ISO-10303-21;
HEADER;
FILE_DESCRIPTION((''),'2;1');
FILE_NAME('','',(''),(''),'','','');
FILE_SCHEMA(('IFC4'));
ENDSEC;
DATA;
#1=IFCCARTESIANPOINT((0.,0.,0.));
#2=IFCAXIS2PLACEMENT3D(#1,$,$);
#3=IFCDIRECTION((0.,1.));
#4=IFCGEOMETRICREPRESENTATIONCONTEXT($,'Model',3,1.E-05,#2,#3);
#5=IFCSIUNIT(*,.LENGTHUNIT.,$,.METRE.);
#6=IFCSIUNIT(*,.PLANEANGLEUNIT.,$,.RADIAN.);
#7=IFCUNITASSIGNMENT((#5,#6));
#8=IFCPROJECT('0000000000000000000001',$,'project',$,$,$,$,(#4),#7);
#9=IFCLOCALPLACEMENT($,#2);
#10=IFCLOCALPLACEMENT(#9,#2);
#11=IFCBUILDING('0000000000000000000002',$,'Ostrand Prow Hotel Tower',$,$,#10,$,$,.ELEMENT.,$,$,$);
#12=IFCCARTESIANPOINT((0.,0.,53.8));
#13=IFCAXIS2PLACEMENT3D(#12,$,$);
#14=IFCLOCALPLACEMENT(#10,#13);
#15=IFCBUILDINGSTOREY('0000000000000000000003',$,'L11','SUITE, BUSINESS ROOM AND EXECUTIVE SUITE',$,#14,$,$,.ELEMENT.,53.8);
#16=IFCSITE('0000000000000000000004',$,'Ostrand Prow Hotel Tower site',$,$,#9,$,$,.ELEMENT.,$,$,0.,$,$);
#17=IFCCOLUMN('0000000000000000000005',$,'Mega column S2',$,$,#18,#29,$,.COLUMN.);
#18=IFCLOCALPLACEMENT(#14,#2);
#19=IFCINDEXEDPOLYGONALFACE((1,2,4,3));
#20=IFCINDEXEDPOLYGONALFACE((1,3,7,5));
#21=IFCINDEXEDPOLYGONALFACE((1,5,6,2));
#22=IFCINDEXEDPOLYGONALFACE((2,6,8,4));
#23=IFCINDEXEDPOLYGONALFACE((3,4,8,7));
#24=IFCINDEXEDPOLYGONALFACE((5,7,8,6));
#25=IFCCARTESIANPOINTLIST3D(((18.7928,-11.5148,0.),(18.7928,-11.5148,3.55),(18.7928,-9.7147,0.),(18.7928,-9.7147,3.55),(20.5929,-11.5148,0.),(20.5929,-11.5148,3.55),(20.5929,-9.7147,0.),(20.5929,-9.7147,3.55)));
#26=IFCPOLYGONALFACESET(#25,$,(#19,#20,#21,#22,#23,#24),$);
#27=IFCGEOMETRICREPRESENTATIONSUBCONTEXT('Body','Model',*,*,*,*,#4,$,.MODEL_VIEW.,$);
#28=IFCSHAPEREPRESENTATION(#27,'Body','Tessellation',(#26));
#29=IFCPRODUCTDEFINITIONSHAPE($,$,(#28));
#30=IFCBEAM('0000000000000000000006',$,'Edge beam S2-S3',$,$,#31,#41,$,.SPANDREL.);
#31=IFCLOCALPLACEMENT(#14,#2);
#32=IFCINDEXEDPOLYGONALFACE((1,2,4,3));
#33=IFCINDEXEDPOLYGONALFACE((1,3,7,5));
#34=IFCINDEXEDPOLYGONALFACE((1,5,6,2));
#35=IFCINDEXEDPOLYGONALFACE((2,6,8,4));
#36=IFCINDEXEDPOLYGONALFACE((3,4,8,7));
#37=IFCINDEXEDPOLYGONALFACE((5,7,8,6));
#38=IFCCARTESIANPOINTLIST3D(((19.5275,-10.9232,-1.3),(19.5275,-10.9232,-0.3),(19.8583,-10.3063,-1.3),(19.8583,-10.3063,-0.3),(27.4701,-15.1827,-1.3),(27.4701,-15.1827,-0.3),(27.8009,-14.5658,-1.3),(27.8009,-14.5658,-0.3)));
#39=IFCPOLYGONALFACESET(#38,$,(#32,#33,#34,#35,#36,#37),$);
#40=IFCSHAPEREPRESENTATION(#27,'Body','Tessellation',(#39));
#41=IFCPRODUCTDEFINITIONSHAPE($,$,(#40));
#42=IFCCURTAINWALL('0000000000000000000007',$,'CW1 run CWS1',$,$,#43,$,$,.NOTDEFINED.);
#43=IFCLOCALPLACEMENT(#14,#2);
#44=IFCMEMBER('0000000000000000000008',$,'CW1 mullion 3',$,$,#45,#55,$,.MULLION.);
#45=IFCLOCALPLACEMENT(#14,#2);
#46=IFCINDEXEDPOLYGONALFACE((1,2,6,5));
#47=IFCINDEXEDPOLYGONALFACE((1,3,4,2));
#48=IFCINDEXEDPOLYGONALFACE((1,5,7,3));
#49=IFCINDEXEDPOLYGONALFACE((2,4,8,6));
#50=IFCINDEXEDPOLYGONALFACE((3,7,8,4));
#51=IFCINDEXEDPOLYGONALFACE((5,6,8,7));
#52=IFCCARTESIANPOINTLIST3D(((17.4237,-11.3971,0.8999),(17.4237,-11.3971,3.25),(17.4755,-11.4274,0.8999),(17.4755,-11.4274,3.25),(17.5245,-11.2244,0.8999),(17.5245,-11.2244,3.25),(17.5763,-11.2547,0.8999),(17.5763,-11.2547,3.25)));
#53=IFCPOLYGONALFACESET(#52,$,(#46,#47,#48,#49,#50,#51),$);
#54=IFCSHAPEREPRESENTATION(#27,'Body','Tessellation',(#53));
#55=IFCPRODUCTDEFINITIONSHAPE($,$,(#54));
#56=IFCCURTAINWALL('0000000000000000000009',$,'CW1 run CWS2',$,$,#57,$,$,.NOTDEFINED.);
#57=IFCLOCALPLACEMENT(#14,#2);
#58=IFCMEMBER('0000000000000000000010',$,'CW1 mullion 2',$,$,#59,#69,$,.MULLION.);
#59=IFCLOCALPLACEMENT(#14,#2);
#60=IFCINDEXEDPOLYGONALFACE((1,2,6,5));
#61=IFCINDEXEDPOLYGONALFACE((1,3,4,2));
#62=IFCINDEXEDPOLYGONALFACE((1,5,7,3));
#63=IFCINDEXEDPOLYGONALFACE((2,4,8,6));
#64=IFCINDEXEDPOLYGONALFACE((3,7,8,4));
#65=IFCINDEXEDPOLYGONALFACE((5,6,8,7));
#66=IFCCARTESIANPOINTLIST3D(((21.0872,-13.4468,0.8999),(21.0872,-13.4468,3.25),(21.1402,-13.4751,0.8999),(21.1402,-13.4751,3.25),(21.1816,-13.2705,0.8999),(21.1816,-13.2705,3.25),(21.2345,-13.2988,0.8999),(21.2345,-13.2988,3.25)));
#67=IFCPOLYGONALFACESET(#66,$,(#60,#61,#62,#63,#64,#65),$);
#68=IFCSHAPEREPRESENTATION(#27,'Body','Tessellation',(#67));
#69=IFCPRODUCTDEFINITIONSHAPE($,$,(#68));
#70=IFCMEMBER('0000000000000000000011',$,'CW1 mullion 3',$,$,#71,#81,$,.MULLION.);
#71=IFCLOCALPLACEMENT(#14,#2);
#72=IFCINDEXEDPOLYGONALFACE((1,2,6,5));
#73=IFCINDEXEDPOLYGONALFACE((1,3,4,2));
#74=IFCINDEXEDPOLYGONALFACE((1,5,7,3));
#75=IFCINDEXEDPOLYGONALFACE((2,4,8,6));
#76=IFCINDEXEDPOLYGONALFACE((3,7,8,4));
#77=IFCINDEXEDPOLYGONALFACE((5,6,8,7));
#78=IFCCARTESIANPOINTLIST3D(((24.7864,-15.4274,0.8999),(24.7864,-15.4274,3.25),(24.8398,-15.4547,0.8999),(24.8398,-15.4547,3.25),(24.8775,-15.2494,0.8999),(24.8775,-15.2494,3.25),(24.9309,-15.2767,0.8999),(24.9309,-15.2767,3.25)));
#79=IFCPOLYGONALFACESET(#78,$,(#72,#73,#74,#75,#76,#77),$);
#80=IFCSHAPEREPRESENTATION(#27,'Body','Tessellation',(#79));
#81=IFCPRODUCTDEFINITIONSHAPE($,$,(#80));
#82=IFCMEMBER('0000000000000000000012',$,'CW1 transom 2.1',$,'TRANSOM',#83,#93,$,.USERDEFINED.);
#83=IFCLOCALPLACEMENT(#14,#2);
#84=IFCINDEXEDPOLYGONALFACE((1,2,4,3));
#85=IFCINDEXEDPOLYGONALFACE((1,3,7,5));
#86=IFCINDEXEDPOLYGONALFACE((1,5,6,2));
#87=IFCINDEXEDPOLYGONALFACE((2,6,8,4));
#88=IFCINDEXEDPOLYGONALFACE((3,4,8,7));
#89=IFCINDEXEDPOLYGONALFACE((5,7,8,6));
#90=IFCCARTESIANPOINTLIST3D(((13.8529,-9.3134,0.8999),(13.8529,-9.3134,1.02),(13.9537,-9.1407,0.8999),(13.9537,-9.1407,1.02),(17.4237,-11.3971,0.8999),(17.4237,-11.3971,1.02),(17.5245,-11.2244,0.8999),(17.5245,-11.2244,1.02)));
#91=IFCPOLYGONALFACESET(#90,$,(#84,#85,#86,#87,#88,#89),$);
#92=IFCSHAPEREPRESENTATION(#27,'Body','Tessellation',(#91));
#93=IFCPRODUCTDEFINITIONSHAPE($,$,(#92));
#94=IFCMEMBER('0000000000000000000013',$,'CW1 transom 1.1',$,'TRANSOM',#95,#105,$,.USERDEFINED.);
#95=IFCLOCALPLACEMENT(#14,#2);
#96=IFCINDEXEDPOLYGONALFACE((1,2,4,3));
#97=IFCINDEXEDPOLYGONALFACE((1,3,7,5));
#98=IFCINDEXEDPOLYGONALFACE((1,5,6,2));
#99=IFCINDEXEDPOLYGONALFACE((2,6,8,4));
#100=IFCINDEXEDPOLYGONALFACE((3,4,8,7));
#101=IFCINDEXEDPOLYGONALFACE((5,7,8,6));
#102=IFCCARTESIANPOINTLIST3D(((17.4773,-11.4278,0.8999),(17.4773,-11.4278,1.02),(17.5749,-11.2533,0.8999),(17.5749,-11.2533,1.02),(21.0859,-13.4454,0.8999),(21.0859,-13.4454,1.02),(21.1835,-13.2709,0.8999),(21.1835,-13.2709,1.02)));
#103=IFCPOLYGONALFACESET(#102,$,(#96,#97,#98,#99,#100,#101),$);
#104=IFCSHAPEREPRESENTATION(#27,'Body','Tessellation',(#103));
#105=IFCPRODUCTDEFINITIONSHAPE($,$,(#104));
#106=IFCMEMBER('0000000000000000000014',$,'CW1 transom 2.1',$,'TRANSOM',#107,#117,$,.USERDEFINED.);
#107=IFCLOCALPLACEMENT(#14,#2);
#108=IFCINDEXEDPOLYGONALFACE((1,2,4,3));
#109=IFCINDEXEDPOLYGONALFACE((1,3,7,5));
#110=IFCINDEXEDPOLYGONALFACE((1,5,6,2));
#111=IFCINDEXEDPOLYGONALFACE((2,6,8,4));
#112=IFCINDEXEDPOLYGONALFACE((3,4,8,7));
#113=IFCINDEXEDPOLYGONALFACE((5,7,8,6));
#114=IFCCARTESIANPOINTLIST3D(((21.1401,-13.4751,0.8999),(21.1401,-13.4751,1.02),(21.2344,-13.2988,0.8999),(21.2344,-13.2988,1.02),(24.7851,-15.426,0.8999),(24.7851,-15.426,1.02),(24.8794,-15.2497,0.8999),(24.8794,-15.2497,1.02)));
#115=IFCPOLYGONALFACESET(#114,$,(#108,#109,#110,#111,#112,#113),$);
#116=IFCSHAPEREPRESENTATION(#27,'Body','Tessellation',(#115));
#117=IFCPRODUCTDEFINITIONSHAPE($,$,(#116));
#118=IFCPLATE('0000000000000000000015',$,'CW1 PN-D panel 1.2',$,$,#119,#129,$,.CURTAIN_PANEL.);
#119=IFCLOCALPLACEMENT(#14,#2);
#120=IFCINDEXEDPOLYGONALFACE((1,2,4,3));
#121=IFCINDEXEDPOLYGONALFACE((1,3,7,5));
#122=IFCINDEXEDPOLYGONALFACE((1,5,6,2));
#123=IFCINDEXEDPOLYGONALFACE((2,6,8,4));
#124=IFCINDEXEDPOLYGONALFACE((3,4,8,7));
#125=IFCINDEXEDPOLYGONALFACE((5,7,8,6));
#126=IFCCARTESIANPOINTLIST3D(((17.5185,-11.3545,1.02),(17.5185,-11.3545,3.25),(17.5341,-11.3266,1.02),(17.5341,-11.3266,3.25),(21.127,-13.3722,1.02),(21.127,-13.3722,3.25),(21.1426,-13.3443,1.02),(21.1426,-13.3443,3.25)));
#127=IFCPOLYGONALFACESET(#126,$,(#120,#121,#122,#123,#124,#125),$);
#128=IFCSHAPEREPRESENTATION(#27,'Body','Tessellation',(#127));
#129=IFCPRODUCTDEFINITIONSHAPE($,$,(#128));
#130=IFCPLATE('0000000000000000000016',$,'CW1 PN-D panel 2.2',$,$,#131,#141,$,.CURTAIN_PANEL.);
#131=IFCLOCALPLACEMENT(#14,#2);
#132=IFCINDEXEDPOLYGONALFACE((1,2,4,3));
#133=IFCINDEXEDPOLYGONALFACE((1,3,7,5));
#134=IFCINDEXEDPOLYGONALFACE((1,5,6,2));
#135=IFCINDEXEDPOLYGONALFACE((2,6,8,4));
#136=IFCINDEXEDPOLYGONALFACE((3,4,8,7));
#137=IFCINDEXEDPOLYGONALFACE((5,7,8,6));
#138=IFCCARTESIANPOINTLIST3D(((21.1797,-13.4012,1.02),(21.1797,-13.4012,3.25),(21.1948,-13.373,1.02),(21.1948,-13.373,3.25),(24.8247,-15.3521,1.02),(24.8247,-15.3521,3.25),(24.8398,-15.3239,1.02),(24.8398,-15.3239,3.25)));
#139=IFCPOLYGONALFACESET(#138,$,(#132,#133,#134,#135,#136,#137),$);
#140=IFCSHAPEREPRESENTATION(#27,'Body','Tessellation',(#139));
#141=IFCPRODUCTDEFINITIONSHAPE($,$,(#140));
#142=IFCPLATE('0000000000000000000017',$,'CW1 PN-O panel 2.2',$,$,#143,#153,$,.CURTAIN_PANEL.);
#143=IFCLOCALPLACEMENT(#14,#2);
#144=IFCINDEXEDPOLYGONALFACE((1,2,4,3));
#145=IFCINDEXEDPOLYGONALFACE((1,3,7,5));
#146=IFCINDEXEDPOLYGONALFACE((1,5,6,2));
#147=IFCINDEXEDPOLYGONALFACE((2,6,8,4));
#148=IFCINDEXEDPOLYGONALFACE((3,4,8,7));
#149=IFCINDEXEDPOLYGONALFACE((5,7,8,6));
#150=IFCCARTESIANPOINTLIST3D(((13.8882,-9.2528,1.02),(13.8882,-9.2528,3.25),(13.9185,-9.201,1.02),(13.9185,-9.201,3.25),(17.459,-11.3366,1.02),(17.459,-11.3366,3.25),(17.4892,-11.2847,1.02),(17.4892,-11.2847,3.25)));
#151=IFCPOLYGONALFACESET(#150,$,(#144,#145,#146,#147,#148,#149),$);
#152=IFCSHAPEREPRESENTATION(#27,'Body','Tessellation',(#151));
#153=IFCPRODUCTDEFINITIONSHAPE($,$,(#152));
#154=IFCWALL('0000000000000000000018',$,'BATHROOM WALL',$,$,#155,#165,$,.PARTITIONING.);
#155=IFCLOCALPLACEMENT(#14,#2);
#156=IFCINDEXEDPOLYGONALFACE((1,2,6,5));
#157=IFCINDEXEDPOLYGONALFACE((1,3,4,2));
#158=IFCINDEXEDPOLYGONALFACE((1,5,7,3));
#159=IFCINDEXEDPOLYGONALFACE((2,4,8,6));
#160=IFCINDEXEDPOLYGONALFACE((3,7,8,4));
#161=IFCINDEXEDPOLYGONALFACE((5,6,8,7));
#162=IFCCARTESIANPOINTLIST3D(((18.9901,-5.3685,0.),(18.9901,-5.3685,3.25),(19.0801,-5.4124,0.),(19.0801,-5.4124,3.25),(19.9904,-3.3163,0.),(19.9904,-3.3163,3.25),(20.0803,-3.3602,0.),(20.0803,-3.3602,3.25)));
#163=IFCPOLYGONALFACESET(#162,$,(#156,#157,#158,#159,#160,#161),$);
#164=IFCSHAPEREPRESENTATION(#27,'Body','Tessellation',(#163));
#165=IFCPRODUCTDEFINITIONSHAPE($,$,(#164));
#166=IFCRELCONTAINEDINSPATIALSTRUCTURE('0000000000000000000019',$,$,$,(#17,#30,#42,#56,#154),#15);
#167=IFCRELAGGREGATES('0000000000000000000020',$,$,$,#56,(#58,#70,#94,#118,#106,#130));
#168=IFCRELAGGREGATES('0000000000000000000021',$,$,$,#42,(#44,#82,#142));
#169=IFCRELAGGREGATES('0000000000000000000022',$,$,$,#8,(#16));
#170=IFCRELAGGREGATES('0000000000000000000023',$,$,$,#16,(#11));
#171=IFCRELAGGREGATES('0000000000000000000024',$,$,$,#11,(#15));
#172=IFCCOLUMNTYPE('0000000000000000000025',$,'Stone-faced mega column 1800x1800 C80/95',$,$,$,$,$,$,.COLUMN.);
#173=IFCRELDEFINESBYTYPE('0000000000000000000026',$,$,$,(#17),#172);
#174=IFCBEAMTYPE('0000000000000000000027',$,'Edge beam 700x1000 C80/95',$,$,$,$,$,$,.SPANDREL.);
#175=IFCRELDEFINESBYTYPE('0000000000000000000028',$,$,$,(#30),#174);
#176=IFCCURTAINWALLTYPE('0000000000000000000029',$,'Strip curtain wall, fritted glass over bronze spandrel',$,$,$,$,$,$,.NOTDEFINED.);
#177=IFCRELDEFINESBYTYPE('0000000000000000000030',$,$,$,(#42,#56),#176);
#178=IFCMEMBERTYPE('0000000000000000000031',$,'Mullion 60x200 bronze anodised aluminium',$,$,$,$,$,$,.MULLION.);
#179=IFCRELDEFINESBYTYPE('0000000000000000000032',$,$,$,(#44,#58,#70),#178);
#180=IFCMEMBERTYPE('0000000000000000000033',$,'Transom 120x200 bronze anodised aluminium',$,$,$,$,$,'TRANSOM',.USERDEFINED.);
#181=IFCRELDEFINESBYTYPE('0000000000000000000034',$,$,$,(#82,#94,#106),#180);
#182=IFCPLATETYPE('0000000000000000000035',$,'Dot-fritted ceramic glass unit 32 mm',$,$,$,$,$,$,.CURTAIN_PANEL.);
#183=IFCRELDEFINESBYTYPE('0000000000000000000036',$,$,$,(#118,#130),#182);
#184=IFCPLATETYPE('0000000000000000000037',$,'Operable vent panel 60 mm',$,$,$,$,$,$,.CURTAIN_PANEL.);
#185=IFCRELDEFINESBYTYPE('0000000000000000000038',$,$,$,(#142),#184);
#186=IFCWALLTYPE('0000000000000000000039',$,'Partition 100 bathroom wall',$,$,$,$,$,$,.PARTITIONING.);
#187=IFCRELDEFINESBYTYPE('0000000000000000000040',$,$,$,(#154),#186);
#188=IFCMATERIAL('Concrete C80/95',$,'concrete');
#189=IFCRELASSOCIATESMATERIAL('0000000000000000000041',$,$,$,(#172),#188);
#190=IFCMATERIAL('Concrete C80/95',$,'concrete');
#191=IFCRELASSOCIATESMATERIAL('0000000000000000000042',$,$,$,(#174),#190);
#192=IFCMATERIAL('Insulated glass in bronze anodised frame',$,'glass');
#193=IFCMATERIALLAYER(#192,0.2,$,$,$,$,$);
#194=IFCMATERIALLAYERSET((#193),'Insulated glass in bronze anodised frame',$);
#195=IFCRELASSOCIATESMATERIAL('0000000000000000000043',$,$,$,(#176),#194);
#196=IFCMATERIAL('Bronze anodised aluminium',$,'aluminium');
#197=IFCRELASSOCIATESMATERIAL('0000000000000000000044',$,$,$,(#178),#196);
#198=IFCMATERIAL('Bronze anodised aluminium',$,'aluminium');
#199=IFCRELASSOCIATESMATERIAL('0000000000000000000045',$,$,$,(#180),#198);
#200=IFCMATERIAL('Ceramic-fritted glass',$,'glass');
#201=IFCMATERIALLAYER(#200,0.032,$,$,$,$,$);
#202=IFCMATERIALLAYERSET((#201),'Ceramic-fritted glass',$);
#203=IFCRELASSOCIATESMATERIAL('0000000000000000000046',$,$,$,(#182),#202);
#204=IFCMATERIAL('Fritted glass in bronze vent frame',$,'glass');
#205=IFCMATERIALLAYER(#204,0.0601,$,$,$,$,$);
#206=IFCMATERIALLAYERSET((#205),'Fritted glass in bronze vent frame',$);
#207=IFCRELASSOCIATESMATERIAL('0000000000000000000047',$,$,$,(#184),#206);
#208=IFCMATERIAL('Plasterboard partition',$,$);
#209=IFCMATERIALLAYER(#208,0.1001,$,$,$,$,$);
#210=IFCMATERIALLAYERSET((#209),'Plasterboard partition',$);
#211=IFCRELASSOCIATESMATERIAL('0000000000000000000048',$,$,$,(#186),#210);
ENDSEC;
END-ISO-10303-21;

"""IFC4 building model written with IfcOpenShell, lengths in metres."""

from ifc_helpers import new_model, si_unit, direction, frame, frame_2d, origin, origin_2d, place, context, subcontext, project, spatial, rectangle, extrude, material, layer, layer_set, material_profile, profile_set, type_object, element, aggregate, save


model = new_model("IFC4")

# Units and contexts
model_context = context("Model", 3, precision=1e-05, world=origin(), true_north=direction((0.0, 1.0)))
body_context = subcontext(model_context, "Body", "Model", "MODEL_VIEW")
ifc_project = project(units=[si_unit("LENGTHUNIT", "METRE"), si_unit("PLANEANGLEUNIT", "RADIAN")], contexts=[model_context])

# Site, building, storey
site_placement = place(None, origin())
site = spatial("IfcSite", under=ifc_project, at=site_placement, Name="Ostrand Prow Hotel Tower site", CompositionType="ELEMENT", RefElevation=0.0)
building_placement = place(site_placement, origin())
building = spatial("IfcBuilding", under=site, at=building_placement, Name="Ostrand Prow Hotel Tower", CompositionType="ELEMENT")
storey_placement = place(building_placement, frame((0.0, 0.0, 53.8)))
storey = spatial("IfcBuildingStorey", under=building, at=storey_placement, Name="L11", Description="SUITE, BUSINESS ROOM AND EXECUTIVE SUITE", CompositionType="ELEMENT", Elevation=53.8)

# Column
ifc_material_1 = material(Name="Concrete C80/95", Category="concrete")
ifc_material_profile_1 = material_profile(ifc_material_1, rectangle(XDim=1.8, YDim=1.8, at=origin_2d()), Name="RC 1800x1800")
ifc_profile_set_1 = profile_set([ifc_material_profile_1], Name="Concrete C80/95")
column_type = type_object("IfcColumnType", Name="Stone-faced mega column 1800x1800 C80/95", PredefinedType="COLUMN", material=ifc_profile_set_1)
column_placement = place(storey_placement, frame((19.6929, -10.6147, 0.0), z_axis=(0.0, 0.0, 1.0), x_axis=(1.0, 0.0, 0.0)))
element("IfcColumn", 1, at=column_placement, inside=storey, type_object=column_type, Name="Mega column S2", PredefinedType="COLUMN", context=body_context, shape_type="SweptSolid", body=[
    extrude(rectangle(XDim=1.8, YDim=1.8, at=origin_2d()), origin(), (0.0, 0.0, 1.0), 3.55),
])

# Beam
ifc_material_2 = material(Name="Concrete C80/95", Category="concrete")
ifc_material_profile_2 = material_profile(ifc_material_2, rectangle(XDim=0.7, YDim=1.0, at=origin_2d()), Name="RC 700x1000")
ifc_profile_set_2 = profile_set([ifc_material_profile_2], Name="Concrete C80/95")
beam_type = type_object("IfcBeamType", Name="Edge beam 700x1000 C80/95", PredefinedType="SPANDREL", material=ifc_profile_set_2)
beam_placement = place(storey_placement, frame((19.6929, -10.6147, -0.8), z_axis=(0.88127, -0.472613, 0.0), x_axis=(0.472613, 0.88127, 0.0)))
element("IfcBeam", 2, at=beam_placement, inside=storey, type_object=beam_type, Name="Edge beam S2-S3", PredefinedType="SPANDREL", context=body_context, shape_type="SweptSolid", body=[
    extrude(rectangle(XDim=0.7, YDim=1.0, at=origin_2d()), origin(), (0.0, 0.0, 1.0), 9.0127),
])

# Curtain wall, member
ifc_material_3 = material(Name="Insulated glass in bronze anodised frame", Category="glass")
ifc_layer_1 = layer(ifc_material_3, 0.2)
ifc_layer_set_1 = layer_set([ifc_layer_1], Name="Insulated glass in bronze anodised frame")
curtain_wall_type = type_object("IfcCurtainWallType", Name="Strip curtain wall, fritted glass over bronze spandrel", PredefinedType="NOTDEFINED", material=ifc_layer_set_1)
curtain_wall_1_placement = place(storey_placement, origin())
curtain_wall_1 = element("IfcCurtainWall", 3, at=curtain_wall_1_placement, inside=storey, type_object=curtain_wall_type, Name="CW1 run CWS1", PredefinedType="NOTDEFINED")
ifc_material_4 = material(Name="Bronze anodised aluminium", Category="aluminium")
ifc_material_profile_3 = material_profile(ifc_material_4, rectangle(XDim=0.2, YDim=0.0601, at=origin_2d()), Name="Mullion 60x200 bronze anodised aluminium")
ifc_profile_set_3 = profile_set([ifc_material_profile_3], Name="Bronze anodised aluminium")
member_type_1 = type_object("IfcMemberType", Name="Mullion 60x200 bronze anodised aluminium", PredefinedType="MULLION", material=ifc_profile_set_3)
member_1_placement = place(storey_placement, frame((17.5, -11.3259, 0.8999), z_axis=(0.0, 0.0, 1.0), x_axis=(0.504023, 0.86369, 0.0)))
member_1 = element("IfcMember", 4, at=member_1_placement, type_object=member_type_1, Name="CW1 mullion 3", PredefinedType="MULLION", context=body_context, shape_type="SweptSolid", body=[
    extrude(rectangle(XDim=0.2, YDim=0.0601, at=origin_2d()), origin(), (0.0, 0.0, 1.0), 2.3501),
])

# Curtain wall, members
curtain_wall_2_placement = place(storey_placement, origin())
curtain_wall_2 = element("IfcCurtainWall", 5, at=curtain_wall_2_placement, inside=storey, type_object=curtain_wall_type, Name="CW1 run CWS2", PredefinedType="NOTDEFINED")
member_2_placement = place(storey_placement, frame((21.1609, -13.3728, 0.8999), z_axis=(0.0, 0.0, 1.0), x_axis=(0.4719, 0.881652, 0.0)))
member_2 = element("IfcMember", 6, at=member_2_placement, type_object=member_type_1, Name="CW1 mullion 2", PredefinedType="MULLION", context=body_context, shape_type="SweptSolid", body=[
    extrude(rectangle(XDim=0.2, YDim=0.0601, at=origin_2d()), origin(), (0.0, 0.0, 1.0), 2.3501),
])
member_3_placement = place(storey_placement, frame((24.8586, -15.3521, 0.8999), z_axis=(0.0, 0.0, 1.0), x_axis=(0.455596, 0.890187, 0.0)))
member_3 = element("IfcMember", 7, at=member_3_placement, type_object=member_type_1, Name="CW1 mullion 3", PredefinedType="MULLION", context=body_context, shape_type="SweptSolid", body=[
    extrude(rectangle(XDim=0.2, YDim=0.0601, at=origin_2d()), origin(), (0.0, 0.0, 1.0), 2.3501),
])

# Members
ifc_material_5 = material(Name="Bronze anodised aluminium", Category="aluminium")
ifc_material_profile_4 = material_profile(ifc_material_5, rectangle(XDim=0.2, YDim=0.1201, at=origin_2d()), Name="Transom 120x200 bronze anodised aluminium")
ifc_profile_set_4 = profile_set([ifc_material_profile_4], Name="Bronze anodised aluminium")
member_type_2 = type_object("IfcMemberType", Name="Transom 120x200 bronze anodised aluminium", ElementType="TRANSOM", PredefinedType="USERDEFINED", material=ifc_profile_set_4)
member_4_placement = place(storey_placement, frame((13.9033, -9.2271, 0.96), z_axis=(0.863698, -0.504011, 0.0), x_axis=(0.504011, 0.863698, 0.0)))
member_4 = element("IfcMember", 8, at=member_4_placement, type_object=member_type_2, Name="CW1 transom 2.1", ObjectType="TRANSOM", PredefinedType="USERDEFINED", context=body_context, shape_type="SweptSolid", body=[
    extrude(rectangle(XDim=0.2, YDim=0.1201, at=origin_2d()), origin(), (0.0, 0.0, 1.0), 4.1343),
])
member_5_placement = place(storey_placement, frame((17.5261, -11.3406, 0.96), z_axis=(0.872842, -0.488003, 0.0), x_axis=(0.488003, 0.872842, 0.0)))
member_5 = element("IfcMember", 9, at=member_5_placement, type_object=member_type_2, Name="CW1 transom 1.1", ObjectType="TRANSOM", PredefinedType="USERDEFINED", context=body_context, shape_type="SweptSolid", body=[
    extrude(rectangle(XDim=0.2, YDim=0.1201, at=origin_2d()), origin(), (0.0, 0.0, 1.0), 4.1343),
])
member_6_placement = place(storey_placement, frame((21.1873, -13.387, 0.96), z_axis=(0.881657, -0.47189, 0.0), x_axis=(0.47189, 0.881657, 0.0)))
member_6 = element("IfcMember", 10, at=member_6_placement, type_object=member_type_2, Name="CW1 transom 2.1", ObjectType="TRANSOM", PredefinedType="USERDEFINED", context=body_context, shape_type="SweptSolid", body=[
    extrude(rectangle(XDim=0.2, YDim=0.1201, at=origin_2d()), origin(), (0.0, 0.0, 1.0), 4.1343),
])

# Plates
ifc_material_6 = material(Name="Ceramic-fritted glass", Category="glass")
ifc_layer_2 = layer(ifc_material_6, 0.032)
ifc_layer_set_2 = layer_set([ifc_layer_2], Name="Ceramic-fritted glass")
plate_type_1 = type_object("IfcPlateType", Name="Dot-fritted ceramic glass unit 32 mm", PredefinedType="CURTAIN_PANEL", material=ifc_layer_set_2)
plate_1_placement = place(storey_placement, frame((19.3306, -12.3494, 1.02), z_axis=(0.0, 0.0, 1.0), x_axis=(0.872819, -0.488044, 0.0)))
plate_1 = element("IfcPlate", 11, at=plate_1_placement, type_object=plate_type_1, Name="CW1 PN-D panel 1.2", PredefinedType="CURTAIN_PANEL", context=body_context, shape_type="SweptSolid", body=[
    extrude(rectangle(XDim=4.1343, YDim=0.032, at=origin_2d()), origin(), (0.0, 0.0, 1.0), 2.23),
])
plate_2_placement = place(storey_placement, frame((23.0098, -14.3625, 1.02), z_axis=(0.0, 0.0, 1.0), x_axis=(0.881652, -0.4719, 0.0)))
plate_2 = element("IfcPlate", 12, at=plate_2_placement, type_object=plate_type_1, Name="CW1 PN-D panel 2.2", PredefinedType="CURTAIN_PANEL", context=body_context, shape_type="SweptSolid", body=[
    extrude(rectangle(XDim=4.1343, YDim=0.032, at=origin_2d()), origin(), (0.0, 0.0, 1.0), 2.23),
])
aggregate(curtain_wall_2, [member_2, member_3, member_5, plate_1, member_6, plate_2])
ifc_material_7 = material(Name="Fritted glass in bronze vent frame", Category="glass")
ifc_layer_3 = layer(ifc_material_7, 0.0601)
ifc_layer_set_3 = layer_set([ifc_layer_3], Name="Fritted glass in bronze vent frame")
plate_type_2 = type_object("IfcPlateType", Name="Operable vent panel 60 mm", PredefinedType="CURTAIN_PANEL", material=ifc_layer_set_3)
plate_3_placement = place(storey_placement, frame((15.6887, -10.2688, 1.02), z_axis=(0.0, 0.0, 1.0), x_axis=(0.86369, -0.504023, 0.0)))
plate_3 = element("IfcPlate", 13, at=plate_3_placement, type_object=plate_type_2, Name="CW1 PN-O panel 2.2", PredefinedType="CURTAIN_PANEL", context=body_context, shape_type="SweptSolid", body=[
    extrude(rectangle(XDim=4.1343, YDim=0.0601, at=origin_2d()), origin(), (0.0, 0.0, 1.0), 2.23),
])
aggregate(curtain_wall_1, [member_1, member_4, plate_3])

# Wall
ifc_material_8 = material(Name="Plasterboard partition")
ifc_layer_4 = layer(ifc_material_8, 0.1001)
ifc_layer_set_4 = layer_set([ifc_layer_4], Name="Plasterboard partition")
wall_type_1 = type_object("IfcWallType", Name="Partition 100 bathroom wall", PredefinedType="PARTITIONING", material=ifc_layer_set_4)
wall_1_placement = place(storey_placement, frame((20.0354, -3.3381, 0.0), z_axis=(0.0, 0.0, 1.0), x_axis=(-0.438122, -0.898915, 0.0)))
element("IfcWall", 14, at=wall_1_placement, inside=storey, type_object=wall_type_1, Name="BATHROOM WALL", PredefinedType="PARTITIONING", context=body_context, shape_type="SweptSolid", body=[
    extrude(rectangle(XDim=2.283, YDim=0.1001, at=frame_2d((1.1416, 0.0))), origin(), (0.0, 0.0, 1.0), 3.25),
])

save(model, "model.ifc")
